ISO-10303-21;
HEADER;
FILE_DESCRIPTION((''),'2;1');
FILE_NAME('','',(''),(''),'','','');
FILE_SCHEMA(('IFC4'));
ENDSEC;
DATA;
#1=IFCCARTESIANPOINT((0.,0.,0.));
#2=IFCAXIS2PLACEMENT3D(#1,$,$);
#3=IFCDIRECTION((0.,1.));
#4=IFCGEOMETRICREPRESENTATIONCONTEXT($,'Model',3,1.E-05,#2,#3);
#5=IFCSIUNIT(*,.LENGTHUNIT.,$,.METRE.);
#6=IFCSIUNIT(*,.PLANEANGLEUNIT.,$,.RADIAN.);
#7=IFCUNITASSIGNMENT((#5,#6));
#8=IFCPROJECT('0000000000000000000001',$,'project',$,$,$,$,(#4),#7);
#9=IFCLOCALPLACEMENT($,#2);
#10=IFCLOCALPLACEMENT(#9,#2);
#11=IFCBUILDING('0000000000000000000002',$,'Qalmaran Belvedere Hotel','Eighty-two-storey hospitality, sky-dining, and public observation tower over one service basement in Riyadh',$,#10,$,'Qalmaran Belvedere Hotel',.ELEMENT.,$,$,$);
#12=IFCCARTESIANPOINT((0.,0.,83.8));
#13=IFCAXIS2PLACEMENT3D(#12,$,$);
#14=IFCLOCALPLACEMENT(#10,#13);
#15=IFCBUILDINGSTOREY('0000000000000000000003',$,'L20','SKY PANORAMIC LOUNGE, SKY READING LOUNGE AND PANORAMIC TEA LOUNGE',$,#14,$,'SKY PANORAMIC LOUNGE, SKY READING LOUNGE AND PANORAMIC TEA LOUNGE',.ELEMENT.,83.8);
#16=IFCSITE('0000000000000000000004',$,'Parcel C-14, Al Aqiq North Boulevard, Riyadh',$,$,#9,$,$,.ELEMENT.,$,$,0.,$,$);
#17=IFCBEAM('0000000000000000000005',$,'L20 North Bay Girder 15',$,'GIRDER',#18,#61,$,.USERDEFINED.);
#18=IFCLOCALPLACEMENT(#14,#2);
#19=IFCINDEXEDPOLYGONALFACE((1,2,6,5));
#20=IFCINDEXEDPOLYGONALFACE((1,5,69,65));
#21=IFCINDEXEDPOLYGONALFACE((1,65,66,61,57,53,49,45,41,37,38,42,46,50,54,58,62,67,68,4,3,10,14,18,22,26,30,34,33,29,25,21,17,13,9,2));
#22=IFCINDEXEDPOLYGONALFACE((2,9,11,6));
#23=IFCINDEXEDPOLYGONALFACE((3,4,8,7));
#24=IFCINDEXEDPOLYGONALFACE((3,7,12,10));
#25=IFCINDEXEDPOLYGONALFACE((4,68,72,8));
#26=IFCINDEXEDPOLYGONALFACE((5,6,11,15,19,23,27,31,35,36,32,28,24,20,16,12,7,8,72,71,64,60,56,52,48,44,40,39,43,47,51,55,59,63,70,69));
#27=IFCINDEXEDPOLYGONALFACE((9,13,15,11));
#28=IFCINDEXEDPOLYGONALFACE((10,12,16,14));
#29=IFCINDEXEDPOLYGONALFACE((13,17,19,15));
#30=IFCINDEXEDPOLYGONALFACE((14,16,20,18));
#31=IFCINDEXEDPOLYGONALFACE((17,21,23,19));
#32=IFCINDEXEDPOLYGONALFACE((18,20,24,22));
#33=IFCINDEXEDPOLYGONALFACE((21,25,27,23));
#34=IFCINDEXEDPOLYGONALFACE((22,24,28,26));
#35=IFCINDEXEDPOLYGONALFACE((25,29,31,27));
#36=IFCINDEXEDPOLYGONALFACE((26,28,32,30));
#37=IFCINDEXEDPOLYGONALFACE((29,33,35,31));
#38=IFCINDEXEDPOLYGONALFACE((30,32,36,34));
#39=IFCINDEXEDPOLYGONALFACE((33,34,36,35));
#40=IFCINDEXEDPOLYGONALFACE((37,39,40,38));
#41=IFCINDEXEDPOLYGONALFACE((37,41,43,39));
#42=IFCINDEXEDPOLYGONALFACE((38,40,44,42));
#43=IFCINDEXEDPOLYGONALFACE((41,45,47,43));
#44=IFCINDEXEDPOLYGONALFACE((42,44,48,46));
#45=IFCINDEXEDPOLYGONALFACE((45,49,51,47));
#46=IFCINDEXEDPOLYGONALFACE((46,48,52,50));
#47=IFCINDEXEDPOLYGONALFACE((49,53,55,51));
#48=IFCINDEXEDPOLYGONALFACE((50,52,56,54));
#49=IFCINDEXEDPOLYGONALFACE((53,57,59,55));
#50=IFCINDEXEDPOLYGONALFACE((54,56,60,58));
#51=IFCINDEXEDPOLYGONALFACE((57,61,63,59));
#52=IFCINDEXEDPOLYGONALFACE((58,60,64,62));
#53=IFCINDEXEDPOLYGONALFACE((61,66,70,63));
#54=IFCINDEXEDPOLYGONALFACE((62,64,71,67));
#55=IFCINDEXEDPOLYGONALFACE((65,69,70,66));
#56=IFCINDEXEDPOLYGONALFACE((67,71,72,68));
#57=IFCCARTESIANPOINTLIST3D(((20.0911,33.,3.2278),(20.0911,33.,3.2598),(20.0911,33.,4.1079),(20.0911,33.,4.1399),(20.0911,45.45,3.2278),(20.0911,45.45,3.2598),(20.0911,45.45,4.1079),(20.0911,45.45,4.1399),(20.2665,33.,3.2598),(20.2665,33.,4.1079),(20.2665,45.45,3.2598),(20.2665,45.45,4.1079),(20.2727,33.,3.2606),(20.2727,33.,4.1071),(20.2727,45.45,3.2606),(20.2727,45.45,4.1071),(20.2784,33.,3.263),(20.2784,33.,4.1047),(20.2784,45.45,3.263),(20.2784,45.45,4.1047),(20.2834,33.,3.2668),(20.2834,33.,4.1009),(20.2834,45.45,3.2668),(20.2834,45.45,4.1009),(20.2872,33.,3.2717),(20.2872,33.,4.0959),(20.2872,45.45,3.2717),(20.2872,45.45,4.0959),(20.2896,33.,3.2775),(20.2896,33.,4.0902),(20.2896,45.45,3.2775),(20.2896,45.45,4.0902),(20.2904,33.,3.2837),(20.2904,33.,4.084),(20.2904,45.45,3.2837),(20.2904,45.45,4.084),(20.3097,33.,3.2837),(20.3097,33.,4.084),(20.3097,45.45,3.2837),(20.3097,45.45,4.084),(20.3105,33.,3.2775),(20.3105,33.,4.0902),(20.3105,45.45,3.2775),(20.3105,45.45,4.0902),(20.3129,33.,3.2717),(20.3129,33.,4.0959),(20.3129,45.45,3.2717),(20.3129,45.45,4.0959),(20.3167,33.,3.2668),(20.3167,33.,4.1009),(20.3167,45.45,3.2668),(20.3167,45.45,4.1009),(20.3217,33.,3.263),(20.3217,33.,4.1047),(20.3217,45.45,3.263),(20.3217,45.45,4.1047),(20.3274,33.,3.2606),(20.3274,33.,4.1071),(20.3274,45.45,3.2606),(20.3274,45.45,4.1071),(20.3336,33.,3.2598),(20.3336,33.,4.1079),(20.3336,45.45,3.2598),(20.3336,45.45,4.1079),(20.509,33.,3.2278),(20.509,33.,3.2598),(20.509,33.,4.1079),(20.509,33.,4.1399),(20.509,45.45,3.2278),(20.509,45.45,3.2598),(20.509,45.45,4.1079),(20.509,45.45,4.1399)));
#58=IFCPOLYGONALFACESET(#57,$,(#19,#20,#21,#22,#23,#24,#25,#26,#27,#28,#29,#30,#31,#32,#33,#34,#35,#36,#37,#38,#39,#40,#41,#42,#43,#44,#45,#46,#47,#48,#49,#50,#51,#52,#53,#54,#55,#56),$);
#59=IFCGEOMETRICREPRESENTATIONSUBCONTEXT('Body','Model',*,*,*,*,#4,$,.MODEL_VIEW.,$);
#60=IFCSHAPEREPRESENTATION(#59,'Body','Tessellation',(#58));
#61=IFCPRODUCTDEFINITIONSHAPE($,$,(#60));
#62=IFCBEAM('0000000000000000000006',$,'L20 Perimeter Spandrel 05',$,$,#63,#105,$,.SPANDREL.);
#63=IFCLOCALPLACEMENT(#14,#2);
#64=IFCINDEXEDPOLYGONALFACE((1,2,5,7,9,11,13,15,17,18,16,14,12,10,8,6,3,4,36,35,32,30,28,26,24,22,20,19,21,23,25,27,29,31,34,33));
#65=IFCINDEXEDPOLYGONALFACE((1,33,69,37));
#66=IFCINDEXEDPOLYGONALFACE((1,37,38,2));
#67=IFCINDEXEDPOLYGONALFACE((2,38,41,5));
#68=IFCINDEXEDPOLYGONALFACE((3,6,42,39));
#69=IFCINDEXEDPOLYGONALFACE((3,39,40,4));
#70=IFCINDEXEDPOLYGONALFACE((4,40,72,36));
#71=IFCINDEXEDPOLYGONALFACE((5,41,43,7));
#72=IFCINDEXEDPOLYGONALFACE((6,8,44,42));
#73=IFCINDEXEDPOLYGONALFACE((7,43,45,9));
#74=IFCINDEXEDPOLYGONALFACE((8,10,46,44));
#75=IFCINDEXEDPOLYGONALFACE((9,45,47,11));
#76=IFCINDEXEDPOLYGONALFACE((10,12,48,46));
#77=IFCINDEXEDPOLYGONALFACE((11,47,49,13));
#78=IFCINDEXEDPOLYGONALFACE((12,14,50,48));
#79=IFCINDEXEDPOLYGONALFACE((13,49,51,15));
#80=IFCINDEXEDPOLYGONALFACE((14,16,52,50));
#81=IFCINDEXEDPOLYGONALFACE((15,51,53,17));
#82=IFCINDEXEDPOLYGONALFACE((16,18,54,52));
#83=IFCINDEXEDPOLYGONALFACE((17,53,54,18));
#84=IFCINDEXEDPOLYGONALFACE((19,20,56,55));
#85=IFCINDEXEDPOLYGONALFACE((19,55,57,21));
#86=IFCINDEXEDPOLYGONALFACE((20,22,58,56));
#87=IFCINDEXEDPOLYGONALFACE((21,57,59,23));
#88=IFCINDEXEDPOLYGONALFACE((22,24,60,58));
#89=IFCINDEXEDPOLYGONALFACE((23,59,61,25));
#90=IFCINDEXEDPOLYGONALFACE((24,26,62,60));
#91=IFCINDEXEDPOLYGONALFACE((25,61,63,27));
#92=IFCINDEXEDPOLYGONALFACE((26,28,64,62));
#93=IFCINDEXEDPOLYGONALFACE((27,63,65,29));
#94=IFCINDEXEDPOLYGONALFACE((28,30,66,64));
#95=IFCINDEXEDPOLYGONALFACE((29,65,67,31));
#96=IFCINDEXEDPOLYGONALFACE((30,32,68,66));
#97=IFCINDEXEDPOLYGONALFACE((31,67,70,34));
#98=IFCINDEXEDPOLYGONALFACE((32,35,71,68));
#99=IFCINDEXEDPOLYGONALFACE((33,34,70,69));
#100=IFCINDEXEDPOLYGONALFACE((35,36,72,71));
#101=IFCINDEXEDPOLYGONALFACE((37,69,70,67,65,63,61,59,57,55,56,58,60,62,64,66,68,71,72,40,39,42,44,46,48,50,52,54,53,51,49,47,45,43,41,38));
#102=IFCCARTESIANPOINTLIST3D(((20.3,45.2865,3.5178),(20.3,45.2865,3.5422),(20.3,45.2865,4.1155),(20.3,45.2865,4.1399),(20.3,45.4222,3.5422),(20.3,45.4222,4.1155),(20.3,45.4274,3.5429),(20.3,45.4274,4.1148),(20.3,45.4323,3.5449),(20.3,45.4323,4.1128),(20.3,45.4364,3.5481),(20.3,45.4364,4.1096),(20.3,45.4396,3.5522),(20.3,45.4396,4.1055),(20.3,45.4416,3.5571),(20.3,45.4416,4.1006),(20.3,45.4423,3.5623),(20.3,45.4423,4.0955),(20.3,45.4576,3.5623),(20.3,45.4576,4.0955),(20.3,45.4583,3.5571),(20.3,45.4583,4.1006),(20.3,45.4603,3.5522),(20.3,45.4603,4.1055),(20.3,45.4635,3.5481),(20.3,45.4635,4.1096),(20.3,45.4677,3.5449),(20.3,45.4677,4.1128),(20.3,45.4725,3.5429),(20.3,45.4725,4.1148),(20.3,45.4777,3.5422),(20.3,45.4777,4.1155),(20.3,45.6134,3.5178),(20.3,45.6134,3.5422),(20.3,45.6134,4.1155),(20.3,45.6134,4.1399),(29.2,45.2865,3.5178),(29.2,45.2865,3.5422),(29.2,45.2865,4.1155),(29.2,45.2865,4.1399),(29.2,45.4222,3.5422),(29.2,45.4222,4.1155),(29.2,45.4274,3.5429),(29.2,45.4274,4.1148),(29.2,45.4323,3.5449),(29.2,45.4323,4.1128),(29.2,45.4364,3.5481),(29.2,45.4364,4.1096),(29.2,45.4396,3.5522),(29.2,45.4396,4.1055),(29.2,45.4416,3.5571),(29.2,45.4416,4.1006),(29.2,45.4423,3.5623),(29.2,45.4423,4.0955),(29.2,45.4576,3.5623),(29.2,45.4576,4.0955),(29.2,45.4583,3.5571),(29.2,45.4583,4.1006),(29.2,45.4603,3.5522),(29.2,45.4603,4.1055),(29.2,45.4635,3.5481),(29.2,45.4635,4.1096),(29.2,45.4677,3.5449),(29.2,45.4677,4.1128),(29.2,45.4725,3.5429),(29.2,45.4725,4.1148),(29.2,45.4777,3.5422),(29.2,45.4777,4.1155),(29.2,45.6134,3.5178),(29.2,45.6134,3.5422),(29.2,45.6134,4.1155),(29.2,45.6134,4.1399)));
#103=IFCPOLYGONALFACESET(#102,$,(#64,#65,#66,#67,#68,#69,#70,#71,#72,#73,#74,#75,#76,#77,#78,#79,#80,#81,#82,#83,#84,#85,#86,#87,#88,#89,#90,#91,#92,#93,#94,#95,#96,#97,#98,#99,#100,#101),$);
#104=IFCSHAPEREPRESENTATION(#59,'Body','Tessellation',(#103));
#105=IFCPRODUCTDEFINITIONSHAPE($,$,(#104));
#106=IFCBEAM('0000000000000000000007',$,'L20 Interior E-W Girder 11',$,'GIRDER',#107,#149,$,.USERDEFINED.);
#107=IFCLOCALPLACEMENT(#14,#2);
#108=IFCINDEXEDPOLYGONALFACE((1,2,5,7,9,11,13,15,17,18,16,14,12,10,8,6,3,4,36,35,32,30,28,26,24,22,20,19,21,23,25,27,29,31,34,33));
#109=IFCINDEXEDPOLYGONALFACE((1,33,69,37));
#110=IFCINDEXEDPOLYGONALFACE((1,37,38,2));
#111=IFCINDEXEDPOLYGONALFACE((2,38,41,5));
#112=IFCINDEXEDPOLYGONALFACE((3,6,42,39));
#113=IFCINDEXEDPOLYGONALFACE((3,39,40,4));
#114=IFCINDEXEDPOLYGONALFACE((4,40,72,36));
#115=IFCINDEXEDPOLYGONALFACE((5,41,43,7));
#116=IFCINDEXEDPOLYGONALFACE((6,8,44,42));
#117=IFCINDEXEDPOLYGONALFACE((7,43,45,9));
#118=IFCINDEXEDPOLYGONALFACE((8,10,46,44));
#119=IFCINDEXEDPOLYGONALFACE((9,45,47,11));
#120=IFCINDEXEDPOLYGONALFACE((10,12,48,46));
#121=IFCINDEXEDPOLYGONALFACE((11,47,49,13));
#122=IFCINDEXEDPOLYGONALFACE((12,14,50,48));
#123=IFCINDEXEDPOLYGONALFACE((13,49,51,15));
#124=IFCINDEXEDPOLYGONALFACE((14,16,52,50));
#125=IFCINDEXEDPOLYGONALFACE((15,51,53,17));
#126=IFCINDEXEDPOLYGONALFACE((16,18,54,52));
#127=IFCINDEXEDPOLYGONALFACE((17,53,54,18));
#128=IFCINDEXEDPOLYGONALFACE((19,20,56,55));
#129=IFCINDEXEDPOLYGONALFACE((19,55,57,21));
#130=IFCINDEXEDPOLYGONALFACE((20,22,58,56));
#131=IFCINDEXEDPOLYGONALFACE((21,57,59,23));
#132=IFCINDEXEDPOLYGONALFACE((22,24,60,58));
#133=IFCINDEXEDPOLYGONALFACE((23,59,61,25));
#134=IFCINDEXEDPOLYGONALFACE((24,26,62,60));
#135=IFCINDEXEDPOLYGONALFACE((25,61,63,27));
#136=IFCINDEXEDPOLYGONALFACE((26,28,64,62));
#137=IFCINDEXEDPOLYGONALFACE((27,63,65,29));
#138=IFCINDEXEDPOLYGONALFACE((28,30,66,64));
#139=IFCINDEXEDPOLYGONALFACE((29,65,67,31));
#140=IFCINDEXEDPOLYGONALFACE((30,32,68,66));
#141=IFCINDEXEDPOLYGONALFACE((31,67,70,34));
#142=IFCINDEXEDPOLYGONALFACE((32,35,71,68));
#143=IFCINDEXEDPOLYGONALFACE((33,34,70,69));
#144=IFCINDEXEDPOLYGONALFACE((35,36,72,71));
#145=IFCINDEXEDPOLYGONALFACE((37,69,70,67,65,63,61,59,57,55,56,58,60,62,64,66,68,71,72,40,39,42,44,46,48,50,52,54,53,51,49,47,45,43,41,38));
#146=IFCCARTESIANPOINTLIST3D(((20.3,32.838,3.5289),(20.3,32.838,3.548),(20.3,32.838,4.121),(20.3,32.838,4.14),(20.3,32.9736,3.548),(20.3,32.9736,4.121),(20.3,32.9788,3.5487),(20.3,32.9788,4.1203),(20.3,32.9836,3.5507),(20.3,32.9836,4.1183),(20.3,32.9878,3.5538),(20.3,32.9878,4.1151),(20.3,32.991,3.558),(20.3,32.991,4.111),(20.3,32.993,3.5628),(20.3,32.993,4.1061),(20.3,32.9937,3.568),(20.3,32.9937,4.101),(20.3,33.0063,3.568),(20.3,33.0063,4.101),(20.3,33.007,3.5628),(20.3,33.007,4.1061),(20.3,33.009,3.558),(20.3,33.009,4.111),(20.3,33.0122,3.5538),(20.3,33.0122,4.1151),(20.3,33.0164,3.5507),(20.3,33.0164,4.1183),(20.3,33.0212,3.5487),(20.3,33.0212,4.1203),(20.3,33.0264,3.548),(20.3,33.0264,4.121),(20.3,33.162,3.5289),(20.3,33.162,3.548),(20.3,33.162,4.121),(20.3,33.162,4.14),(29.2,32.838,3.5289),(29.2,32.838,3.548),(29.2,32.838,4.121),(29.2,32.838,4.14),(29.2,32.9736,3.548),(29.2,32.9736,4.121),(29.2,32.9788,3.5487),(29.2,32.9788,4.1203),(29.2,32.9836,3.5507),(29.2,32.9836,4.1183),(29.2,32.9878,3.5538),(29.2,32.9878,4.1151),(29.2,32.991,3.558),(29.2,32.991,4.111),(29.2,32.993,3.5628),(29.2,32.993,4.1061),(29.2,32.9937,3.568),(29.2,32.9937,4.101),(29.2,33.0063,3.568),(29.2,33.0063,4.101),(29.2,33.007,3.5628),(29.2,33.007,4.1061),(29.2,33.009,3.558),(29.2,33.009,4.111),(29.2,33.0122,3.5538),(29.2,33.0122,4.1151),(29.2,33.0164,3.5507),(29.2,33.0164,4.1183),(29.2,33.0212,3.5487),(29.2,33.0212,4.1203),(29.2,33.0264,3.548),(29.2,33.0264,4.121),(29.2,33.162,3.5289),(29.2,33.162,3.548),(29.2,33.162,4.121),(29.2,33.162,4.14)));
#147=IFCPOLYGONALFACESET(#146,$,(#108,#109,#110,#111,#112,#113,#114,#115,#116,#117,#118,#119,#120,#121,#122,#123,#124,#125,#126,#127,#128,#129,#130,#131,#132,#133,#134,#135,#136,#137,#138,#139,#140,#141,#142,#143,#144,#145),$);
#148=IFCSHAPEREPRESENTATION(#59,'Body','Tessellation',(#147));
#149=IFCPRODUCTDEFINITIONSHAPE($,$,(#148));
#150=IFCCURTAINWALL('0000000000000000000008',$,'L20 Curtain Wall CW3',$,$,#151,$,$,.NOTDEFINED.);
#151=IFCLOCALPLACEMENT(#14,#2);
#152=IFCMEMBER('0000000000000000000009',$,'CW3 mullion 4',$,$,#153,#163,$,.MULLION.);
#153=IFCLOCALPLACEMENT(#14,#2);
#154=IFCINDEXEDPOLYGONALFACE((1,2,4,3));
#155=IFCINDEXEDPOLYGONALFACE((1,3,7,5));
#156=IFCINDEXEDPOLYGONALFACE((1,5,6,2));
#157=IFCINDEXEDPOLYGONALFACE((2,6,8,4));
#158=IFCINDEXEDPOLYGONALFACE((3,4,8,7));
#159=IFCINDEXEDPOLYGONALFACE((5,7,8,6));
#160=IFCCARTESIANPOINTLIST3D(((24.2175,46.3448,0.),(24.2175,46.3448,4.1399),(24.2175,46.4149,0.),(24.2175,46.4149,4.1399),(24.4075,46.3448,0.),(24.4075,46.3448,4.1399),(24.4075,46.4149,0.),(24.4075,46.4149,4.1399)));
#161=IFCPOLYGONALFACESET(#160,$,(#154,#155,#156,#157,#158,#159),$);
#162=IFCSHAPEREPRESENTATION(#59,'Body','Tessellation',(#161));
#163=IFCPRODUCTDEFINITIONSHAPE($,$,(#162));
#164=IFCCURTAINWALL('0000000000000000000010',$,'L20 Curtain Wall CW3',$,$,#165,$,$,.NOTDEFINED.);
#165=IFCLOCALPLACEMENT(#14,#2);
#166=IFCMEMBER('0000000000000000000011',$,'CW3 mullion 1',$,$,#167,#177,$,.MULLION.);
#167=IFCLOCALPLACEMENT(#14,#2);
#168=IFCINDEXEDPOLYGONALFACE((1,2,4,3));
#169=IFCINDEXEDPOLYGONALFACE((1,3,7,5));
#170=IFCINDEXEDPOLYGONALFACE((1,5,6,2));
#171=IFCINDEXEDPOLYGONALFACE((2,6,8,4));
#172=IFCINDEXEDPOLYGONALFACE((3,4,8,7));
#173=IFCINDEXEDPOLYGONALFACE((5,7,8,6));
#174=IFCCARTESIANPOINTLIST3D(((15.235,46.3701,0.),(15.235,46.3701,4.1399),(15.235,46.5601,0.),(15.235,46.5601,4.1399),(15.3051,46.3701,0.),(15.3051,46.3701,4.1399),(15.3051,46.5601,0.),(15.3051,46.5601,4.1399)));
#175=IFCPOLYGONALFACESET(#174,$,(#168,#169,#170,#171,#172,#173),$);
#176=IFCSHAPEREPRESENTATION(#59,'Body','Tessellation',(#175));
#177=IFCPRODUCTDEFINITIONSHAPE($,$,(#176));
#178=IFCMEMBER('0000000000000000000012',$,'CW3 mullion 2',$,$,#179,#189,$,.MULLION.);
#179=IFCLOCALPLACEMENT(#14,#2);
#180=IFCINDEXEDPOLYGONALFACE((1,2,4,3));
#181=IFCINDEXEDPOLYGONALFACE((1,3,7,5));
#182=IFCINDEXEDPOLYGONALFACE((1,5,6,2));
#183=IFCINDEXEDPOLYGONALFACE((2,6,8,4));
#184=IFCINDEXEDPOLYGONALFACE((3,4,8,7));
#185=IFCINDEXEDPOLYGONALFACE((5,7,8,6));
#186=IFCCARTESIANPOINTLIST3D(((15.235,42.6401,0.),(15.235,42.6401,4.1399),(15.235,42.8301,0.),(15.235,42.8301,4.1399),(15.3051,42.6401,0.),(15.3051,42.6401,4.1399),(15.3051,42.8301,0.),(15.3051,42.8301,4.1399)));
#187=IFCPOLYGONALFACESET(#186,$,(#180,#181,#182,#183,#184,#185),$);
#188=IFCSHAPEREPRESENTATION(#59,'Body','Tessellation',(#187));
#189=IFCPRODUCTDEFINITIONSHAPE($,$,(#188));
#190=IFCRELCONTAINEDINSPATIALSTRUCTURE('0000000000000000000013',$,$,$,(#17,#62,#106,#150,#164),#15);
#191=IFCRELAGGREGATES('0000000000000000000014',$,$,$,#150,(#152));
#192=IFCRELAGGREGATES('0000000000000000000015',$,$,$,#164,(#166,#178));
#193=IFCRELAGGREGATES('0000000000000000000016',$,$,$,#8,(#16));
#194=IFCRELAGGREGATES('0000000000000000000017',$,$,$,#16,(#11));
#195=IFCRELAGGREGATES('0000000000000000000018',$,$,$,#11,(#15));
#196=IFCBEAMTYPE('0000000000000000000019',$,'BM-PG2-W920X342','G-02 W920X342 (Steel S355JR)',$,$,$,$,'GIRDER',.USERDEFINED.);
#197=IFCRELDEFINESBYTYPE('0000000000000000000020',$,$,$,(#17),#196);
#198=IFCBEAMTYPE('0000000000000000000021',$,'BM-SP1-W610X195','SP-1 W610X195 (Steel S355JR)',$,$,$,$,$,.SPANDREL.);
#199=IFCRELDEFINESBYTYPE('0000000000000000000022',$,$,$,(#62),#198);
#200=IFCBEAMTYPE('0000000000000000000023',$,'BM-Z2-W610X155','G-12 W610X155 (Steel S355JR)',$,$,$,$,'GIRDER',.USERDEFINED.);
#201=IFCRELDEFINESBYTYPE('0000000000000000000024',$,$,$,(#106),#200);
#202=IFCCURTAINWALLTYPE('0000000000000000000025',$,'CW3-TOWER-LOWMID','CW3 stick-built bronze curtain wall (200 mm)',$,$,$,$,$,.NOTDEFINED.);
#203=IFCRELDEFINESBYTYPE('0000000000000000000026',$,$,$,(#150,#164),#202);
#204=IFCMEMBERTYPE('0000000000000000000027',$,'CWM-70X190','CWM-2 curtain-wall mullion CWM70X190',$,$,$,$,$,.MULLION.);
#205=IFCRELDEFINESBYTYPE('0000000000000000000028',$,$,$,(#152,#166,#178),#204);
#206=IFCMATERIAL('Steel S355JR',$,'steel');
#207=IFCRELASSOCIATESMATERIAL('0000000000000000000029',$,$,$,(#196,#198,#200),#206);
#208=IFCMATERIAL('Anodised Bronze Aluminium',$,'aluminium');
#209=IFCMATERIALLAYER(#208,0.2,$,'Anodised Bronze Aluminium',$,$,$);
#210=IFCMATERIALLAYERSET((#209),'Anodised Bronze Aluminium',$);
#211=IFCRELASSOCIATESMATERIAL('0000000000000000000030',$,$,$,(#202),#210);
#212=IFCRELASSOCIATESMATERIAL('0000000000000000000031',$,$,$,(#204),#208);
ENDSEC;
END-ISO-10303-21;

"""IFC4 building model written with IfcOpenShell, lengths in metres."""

from ifc_helpers import new_model, si_unit, direction, frame, origin, origin_2d, place, context, subcontext, project, spatial, rectangle, i_section, extrude, material, layer, layer_set, material_profile, profile_set, type_object, element, aggregate, save


model = new_model("IFC4")

# Units and contexts
model_context = context("Model", 3, precision=1e-05, world=origin(), true_north=direction((0.0, 1.0)))
body_context = subcontext(model_context, "Body", "Model", "MODEL_VIEW")
ifc_project = project(units=[si_unit("LENGTHUNIT", "METRE"), si_unit("PLANEANGLEUNIT", "RADIAN")], contexts=[model_context])

# Site, building, storey
site_placement = place(None, origin())
site = spatial("IfcSite", under=ifc_project, at=site_placement, Name="Parcel C-14, Al Aqiq North Boulevard, Riyadh", CompositionType="ELEMENT", RefElevation=0.0)
building_placement = place(site_placement, origin())
building = spatial("IfcBuilding", under=site, at=building_placement, Name="Qalmaran Belvedere Hotel", Description="Eighty-two-storey hospitality, sky-dining, and public observation tower over one service basement in Riyadh", LongName="Qalmaran Belvedere Hotel", CompositionType="ELEMENT")
storey_placement = place(building_placement, frame((0.0, 0.0, 83.8)))
storey = spatial("IfcBuildingStorey", under=building, at=storey_placement, Name="L20", Description="SKY PANORAMIC LOUNGE, SKY READING LOUNGE AND PANORAMIC TEA LOUNGE", LongName="SKY PANORAMIC LOUNGE, SKY READING LOUNGE AND PANORAMIC TEA LOUNGE", CompositionType="ELEMENT", Elevation=83.8)

# Beams
ifc_material_1 = material(Name="Steel S355JR", Category="steel")
ifc_material_profile_1 = material_profile(ifc_material_1, i_section(OverallWidth=0.418, OverallDepth=0.9121, WebThickness=0.0193, FlangeThickness=0.032, FilletRadius=0.0239, at=origin_2d()), Name="W920X342")
ifc_profile_set_1 = profile_set([ifc_material_profile_1], Name="Steel S355JR")
beam_type_1 = type_object("IfcBeamType", Name="BM-PG2-W920X342", Description="G-02 W920X342 (Steel S355JR)", ElementType="GIRDER", PredefinedType="USERDEFINED", material=ifc_profile_set_1)
beam_1_placement = place(storey_placement, frame((20.3, 33.0, 3.6838), z_axis=(0.0, 1.0, 0.0), x_axis=(-1.0, 0.0, 0.0)))
element("IfcBeam", 1, at=beam_1_placement, inside=storey, type_object=beam_type_1, Name="L20 North Bay Girder 15", ObjectType="GIRDER", PredefinedType="USERDEFINED", context=body_context, shape_type="SweptSolid", body=[
    extrude(i_section(OverallWidth=0.418, OverallDepth=0.9121, WebThickness=0.0193, FlangeThickness=0.032, FilletRadius=0.0239, at=origin_2d()), origin(), (0.0, 0.0, 1.0), 12.45),
])
ifc_material_profile_2 = material_profile(ifc_material_1, i_section(OverallWidth=0.3269, OverallDepth=0.6221, WebThickness=0.0154, FlangeThickness=0.0244, FilletRadius=0.02, at=origin_2d()), Name="W610X195")
ifc_profile_set_2 = profile_set([ifc_material_profile_2], Name="Steel S355JR")
beam_type_2 = type_object("IfcBeamType", Name="BM-SP1-W610X195", Description="SP-1 W610X195 (Steel S355JR)", PredefinedType="SPANDREL", material=ifc_profile_set_2)
beam_2_placement = place(storey_placement, frame((20.3, 45.45, 3.8289), z_axis=(1.0, 0.0, 0.0), x_axis=(0.0, 1.0, 0.0)))
element("IfcBeam", 2, at=beam_2_placement, inside=storey, type_object=beam_type_2, Name="L20 Perimeter Spandrel 05", PredefinedType="SPANDREL", context=body_context, shape_type="SweptSolid", body=[
    extrude(i_section(OverallWidth=0.3269, OverallDepth=0.6221, WebThickness=0.0154, FlangeThickness=0.0244, FilletRadius=0.02, at=origin_2d()), origin(), (0.0, 0.0, 1.0), 8.8999),
])
ifc_material_profile_3 = material_profile(ifc_material_1, i_section(OverallWidth=0.324, OverallDepth=0.6111, WebThickness=0.0127, FlangeThickness=0.019, FilletRadius=0.02, at=origin_2d()), Name="W610X155")
ifc_profile_set_3 = profile_set([ifc_material_profile_3], Name="Steel S355JR")
beam_type_3 = type_object("IfcBeamType", Name="BM-Z2-W610X155", Description="G-12 W610X155 (Steel S355JR)", ElementType="GIRDER", PredefinedType="USERDEFINED", material=ifc_profile_set_3)
beam_3_placement = place(storey_placement, frame((20.3, 33.0, 3.8345), z_axis=(1.0, 0.0, 0.0), x_axis=(0.0, 1.0, 0.0)))
element("IfcBeam", 3, at=beam_3_placement, inside=storey, type_object=beam_type_3, Name="L20 Interior E-W Girder 11", ObjectType="GIRDER", PredefinedType="USERDEFINED", context=body_context, shape_type="SweptSolid", body=[
    extrude(i_section(OverallWidth=0.324, OverallDepth=0.6111, WebThickness=0.0127, FlangeThickness=0.019, FilletRadius=0.02, at=origin_2d()), origin(), (0.0, 0.0, 1.0), 8.8999),
])

# Curtain wall, member
ifc_material_2 = material(Name="Anodised Bronze Aluminium", Category="aluminium")
ifc_layer_1 = layer(ifc_material_2, 0.2, Name="Anodised Bronze Aluminium")
ifc_layer_set_1 = layer_set([ifc_layer_1], Name="Anodised Bronze Aluminium")
curtain_wall_type = type_object("IfcCurtainWallType", Name="CW3-TOWER-LOWMID", Description="CW3 stick-built bronze curtain wall (200 mm)", PredefinedType="NOTDEFINED", material=ifc_layer_set_1)
curtain_wall_1_placement = place(storey_placement, origin())
curtain_wall_1 = element("IfcCurtainWall", 4, at=curtain_wall_1_placement, inside=storey, type_object=curtain_wall_type, Name="L20 Curtain Wall CW3", PredefinedType="NOTDEFINED")
ifc_material_profile_4 = material_profile(ifc_material_2, rectangle(XDim=0.0701, YDim=0.1899, at=origin_2d()), Name="CWM70X190")
ifc_profile_set_4 = profile_set([ifc_material_profile_4], Name="Anodised Bronze Aluminium")
member_type_1 = type_object("IfcMemberType", Name="CWM-70X190", Description="CWM-2 curtain-wall mullion CWM70X190", PredefinedType="MULLION", material=ifc_profile_set_4)
member_1_placement = place(storey_placement, frame((24.3125, 46.3799, 0.0), z_axis=(0.0, 0.0, 1.0), x_axis=(0.0, -1.0, 0.0)))
member_1 = element("IfcMember", 5, at=member_1_placement, type_object=member_type_1, Name="CW3 mullion 4", PredefinedType="MULLION", context=body_context, shape_type="SweptSolid", body=[
    extrude(rectangle(XDim=0.0701, YDim=0.1899, at=origin_2d()), origin(), (0.0, 0.0, 1.0), 4.1399),
])

# Curtain wall, members
curtain_wall_2_placement = place(storey_placement, origin())
curtain_wall_2 = element("IfcCurtainWall", 6, at=curtain_wall_2_placement, inside=storey, type_object=curtain_wall_type, Name="L20 Curtain Wall CW3", PredefinedType="NOTDEFINED")
member_2_placement = place(storey_placement, frame((15.27, 46.4651, 0.0), z_axis=(0.0, 0.0, 1.0), x_axis=(1.0, 0.0, 0.0)))
member_2 = element("IfcMember", 7, at=member_2_placement, type_object=member_type_1, Name="CW3 mullion 1", PredefinedType="MULLION", context=body_context, shape_type="SweptSolid", body=[
    extrude(rectangle(XDim=0.0701, YDim=0.1899, at=origin_2d()), origin(), (0.0, 0.0, 1.0), 4.1399),
])
member_3_placement = place(storey_placement, frame((15.27, 42.7351, 0.0), z_axis=(0.0, 0.0, 1.0), x_axis=(1.0, 0.0, 0.0)))
member_3 = element("IfcMember", 8, at=member_3_placement, type_object=member_type_1, Name="CW3 mullion 2", PredefinedType="MULLION", context=body_context, shape_type="SweptSolid", body=[
    extrude(rectangle(XDim=0.0701, YDim=0.1899, at=origin_2d()), origin(), (0.0, 0.0, 1.0), 4.1399),
])

aggregate(curtain_wall_1, [member_1])
aggregate(curtain_wall_2, [member_2, member_3])

save(model, "model.ifc")
